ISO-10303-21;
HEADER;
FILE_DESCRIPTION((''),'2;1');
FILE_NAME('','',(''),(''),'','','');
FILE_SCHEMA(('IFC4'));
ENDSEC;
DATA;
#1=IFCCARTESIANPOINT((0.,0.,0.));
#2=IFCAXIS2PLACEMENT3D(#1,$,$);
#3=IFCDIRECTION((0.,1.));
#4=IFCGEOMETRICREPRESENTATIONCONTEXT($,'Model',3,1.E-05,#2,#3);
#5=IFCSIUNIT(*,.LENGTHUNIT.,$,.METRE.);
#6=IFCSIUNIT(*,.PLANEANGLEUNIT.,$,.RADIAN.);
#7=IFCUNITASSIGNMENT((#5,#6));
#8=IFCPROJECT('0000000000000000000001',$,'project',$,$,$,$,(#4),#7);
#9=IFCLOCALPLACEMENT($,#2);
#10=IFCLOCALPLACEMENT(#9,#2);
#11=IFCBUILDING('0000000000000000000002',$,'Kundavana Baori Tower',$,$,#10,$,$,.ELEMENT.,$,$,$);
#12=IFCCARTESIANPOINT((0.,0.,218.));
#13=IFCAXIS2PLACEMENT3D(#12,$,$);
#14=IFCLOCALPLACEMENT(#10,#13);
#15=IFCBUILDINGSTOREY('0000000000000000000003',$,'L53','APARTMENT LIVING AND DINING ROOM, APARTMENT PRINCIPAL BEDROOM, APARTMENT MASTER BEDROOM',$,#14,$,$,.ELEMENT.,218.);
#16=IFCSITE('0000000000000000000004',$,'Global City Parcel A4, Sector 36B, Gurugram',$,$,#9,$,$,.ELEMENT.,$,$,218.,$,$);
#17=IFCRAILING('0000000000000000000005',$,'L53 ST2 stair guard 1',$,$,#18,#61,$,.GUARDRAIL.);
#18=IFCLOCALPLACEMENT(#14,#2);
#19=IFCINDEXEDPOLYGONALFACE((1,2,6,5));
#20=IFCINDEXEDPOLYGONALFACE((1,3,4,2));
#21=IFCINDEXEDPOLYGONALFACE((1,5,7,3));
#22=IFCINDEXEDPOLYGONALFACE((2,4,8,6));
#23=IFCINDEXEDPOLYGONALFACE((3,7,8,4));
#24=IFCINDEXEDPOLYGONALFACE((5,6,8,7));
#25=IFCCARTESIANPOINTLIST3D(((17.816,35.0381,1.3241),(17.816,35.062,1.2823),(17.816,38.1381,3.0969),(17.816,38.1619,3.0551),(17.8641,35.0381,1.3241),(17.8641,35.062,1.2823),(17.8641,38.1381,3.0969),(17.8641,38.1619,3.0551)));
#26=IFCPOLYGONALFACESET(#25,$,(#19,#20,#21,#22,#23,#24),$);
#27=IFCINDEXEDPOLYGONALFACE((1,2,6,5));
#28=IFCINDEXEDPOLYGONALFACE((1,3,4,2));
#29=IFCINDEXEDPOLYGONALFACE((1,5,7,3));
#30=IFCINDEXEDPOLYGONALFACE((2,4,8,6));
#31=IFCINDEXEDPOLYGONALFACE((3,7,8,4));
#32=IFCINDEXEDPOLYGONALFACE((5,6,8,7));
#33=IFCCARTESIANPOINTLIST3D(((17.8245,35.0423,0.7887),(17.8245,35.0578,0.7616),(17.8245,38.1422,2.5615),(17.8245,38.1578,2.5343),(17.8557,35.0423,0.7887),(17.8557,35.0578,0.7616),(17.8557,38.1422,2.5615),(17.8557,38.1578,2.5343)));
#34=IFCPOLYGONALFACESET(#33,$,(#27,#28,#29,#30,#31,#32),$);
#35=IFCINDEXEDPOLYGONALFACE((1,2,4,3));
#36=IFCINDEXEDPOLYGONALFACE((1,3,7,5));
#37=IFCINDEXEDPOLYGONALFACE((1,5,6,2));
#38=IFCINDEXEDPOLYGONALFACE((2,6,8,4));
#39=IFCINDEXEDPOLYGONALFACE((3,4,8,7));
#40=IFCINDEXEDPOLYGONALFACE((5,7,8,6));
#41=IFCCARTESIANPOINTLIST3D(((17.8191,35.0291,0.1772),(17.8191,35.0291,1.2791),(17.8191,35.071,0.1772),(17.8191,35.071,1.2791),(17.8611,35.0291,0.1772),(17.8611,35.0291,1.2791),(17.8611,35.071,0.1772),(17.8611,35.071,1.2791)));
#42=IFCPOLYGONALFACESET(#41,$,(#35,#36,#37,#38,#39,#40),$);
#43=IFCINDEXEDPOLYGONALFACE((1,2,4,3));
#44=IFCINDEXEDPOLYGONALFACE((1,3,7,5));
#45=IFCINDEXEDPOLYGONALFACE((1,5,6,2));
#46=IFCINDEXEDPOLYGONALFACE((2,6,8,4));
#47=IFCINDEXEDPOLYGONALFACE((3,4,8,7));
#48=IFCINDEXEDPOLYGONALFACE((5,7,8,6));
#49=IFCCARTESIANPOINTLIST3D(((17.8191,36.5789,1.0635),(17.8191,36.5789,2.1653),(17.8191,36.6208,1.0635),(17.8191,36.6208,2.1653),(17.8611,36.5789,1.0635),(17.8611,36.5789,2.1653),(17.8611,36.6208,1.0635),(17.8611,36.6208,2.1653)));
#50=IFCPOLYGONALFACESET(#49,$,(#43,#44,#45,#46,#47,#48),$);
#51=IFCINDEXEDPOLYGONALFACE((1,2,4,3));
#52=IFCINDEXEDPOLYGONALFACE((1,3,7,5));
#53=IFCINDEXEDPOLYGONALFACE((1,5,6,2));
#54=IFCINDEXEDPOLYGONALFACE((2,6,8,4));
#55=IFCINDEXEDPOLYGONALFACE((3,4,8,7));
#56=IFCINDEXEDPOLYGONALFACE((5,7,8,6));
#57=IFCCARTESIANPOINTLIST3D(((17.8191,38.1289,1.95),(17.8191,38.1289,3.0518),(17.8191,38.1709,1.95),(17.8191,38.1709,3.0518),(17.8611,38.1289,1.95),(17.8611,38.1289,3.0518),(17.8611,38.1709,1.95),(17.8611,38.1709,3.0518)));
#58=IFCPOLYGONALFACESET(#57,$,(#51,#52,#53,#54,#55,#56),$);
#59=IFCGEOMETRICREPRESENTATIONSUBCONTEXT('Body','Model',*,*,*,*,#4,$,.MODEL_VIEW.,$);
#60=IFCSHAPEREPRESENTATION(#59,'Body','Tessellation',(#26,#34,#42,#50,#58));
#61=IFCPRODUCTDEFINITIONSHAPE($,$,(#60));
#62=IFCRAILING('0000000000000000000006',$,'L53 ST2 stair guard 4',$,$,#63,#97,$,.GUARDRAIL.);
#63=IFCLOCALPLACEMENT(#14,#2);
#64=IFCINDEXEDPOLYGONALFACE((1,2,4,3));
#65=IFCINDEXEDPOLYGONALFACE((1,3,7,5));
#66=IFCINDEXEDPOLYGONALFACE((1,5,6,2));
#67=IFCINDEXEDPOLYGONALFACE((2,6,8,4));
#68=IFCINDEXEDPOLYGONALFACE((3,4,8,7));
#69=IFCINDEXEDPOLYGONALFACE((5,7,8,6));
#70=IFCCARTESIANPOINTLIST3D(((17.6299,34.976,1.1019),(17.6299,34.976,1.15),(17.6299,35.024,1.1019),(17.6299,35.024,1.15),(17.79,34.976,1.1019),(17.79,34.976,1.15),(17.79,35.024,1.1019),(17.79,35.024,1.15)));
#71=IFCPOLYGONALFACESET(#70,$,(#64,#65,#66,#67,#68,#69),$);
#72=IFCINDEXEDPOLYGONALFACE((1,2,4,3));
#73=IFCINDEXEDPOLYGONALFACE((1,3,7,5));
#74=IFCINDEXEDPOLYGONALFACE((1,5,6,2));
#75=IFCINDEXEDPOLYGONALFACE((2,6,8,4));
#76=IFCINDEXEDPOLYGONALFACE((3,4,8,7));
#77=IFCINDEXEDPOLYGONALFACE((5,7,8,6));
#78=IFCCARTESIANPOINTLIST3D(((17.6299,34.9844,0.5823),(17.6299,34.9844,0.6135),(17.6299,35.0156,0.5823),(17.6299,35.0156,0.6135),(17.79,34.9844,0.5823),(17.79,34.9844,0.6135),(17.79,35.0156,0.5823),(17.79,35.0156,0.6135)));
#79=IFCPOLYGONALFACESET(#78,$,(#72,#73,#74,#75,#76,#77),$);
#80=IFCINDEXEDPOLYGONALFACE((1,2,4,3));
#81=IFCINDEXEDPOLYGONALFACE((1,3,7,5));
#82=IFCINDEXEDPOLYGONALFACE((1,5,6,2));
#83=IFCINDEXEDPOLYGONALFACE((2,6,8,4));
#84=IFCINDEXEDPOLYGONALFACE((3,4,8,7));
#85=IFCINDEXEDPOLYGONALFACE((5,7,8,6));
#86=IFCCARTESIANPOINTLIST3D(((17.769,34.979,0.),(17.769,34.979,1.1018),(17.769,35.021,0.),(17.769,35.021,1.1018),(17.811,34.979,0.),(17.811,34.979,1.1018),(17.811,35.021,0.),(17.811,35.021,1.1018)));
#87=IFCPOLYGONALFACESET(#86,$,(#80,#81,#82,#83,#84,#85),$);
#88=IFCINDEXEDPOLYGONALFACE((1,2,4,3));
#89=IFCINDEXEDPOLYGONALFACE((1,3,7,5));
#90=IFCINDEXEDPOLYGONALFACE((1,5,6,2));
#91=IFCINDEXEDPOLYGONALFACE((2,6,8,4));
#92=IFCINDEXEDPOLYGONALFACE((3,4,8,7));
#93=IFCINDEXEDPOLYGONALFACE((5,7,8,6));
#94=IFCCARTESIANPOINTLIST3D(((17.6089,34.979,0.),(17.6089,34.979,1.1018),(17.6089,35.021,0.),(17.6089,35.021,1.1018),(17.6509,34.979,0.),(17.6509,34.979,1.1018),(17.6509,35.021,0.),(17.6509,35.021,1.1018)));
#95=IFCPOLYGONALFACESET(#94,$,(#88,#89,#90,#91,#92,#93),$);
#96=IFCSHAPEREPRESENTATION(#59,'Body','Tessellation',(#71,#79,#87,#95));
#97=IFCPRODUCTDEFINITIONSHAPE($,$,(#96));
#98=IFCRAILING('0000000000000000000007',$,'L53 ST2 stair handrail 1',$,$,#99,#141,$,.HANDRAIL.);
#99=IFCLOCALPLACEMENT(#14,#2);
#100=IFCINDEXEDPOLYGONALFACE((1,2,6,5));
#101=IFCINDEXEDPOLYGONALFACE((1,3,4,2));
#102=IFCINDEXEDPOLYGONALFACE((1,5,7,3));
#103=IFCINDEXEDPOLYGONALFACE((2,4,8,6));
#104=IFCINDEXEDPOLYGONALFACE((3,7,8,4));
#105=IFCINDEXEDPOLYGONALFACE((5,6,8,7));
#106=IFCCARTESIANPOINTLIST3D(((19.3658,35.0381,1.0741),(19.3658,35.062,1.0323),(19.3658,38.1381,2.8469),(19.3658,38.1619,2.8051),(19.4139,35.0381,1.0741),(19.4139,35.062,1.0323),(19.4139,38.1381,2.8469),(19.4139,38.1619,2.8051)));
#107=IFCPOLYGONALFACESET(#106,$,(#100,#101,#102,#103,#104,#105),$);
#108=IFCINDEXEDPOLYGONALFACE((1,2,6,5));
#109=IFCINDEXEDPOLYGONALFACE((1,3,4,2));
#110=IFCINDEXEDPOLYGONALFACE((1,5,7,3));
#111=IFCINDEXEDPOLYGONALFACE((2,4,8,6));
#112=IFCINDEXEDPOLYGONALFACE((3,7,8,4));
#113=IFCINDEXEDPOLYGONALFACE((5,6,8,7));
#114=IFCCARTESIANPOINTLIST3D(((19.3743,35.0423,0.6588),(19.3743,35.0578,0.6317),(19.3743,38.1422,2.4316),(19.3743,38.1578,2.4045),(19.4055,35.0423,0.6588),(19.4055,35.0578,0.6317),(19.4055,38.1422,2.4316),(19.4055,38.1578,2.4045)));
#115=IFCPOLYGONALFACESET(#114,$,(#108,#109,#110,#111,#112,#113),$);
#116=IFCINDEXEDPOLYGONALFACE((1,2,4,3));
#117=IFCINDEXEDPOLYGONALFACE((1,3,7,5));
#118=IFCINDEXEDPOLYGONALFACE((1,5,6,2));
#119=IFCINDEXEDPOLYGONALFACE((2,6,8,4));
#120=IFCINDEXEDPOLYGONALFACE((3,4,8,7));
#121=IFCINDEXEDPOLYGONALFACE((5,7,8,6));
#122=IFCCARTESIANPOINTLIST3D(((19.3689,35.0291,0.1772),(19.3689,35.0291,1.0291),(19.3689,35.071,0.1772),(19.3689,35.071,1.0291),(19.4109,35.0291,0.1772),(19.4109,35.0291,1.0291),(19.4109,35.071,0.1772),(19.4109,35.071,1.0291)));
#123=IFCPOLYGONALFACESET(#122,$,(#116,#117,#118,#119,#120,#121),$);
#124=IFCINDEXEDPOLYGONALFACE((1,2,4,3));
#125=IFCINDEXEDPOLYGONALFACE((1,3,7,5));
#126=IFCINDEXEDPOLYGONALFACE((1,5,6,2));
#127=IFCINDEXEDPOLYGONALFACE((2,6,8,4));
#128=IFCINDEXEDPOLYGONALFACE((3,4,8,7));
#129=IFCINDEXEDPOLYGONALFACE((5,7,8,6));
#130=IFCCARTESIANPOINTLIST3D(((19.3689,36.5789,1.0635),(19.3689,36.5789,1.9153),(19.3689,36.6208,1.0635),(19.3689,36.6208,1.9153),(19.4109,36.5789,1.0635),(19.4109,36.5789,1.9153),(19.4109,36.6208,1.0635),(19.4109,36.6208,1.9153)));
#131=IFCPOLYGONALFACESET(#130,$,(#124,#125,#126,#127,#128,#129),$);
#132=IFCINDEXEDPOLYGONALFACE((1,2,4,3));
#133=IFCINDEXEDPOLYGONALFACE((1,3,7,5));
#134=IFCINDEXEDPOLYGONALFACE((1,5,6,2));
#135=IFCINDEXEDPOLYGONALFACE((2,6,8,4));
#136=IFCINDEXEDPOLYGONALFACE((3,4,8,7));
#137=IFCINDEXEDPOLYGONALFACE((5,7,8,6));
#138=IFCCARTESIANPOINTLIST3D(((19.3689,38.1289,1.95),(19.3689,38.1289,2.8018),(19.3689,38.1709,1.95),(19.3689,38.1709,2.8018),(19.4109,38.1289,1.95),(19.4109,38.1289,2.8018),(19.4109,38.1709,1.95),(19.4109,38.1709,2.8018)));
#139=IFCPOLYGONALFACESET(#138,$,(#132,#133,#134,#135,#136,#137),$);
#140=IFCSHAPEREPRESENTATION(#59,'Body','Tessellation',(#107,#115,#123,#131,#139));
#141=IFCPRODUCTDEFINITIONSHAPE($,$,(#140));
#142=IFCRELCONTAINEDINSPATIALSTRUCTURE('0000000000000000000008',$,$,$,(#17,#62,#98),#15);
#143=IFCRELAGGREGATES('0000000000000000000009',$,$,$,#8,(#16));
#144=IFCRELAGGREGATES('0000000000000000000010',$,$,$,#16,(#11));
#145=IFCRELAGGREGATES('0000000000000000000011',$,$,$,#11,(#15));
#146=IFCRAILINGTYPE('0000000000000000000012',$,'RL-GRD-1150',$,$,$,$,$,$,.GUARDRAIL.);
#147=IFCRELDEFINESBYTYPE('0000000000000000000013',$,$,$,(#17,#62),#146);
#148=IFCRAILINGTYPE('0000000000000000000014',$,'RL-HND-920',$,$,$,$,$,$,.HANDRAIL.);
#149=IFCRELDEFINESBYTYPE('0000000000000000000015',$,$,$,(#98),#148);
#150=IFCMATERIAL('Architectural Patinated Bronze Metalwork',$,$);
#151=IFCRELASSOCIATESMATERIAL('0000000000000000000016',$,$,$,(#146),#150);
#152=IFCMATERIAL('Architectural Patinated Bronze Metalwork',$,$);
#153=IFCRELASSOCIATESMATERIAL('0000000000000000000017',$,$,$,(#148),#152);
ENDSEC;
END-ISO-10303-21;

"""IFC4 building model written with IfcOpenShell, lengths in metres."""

from ifc_helpers import new_model, si_unit, direction, frame, origin, origin_2d, place, context, subcontext, project, spatial, rectangle, extrude, material, type_object, element, save


model = new_model("IFC4")

# Units and contexts
model_context = context("Model", 3, precision=1e-05, world=origin(), true_north=direction((0.0, 1.0)))
body_context = subcontext(model_context, "Body", "Model", "MODEL_VIEW")
ifc_project = project(units=[si_unit("LENGTHUNIT", "METRE"), si_unit("PLANEANGLEUNIT", "RADIAN")], contexts=[model_context])

# Site, building, storey
site_placement = place(None, origin())
site = spatial("IfcSite", under=ifc_project, at=site_placement, Name="Global City Parcel A4, Sector 36B, Gurugram", CompositionType="ELEMENT", RefElevation=218.0)
building_placement = place(site_placement, origin())
building = spatial("IfcBuilding", under=site, at=building_placement, Name="Kundavana Baori Tower", CompositionType="ELEMENT")
storey_placement = place(building_placement, frame((0.0, 0.0, 218.0)))
storey = spatial("IfcBuildingStorey", under=building, at=storey_placement, Name="L53", Description="APARTMENT LIVING AND DINING ROOM, APARTMENT PRINCIPAL BEDROOM, APARTMENT MASTER BEDROOM", CompositionType="ELEMENT", Elevation=218.0)

# Railings
ifc_material_1 = material(Name="Architectural Patinated Bronze Metalwork")
railing_type_1 = type_object("IfcRailingType", Name="RL-GRD-1150", PredefinedType="GUARDRAIL", material=ifc_material_1)
railing_1_placement = place(storey_placement, frame((17.8401, 35.05, 0.1772)))
element("IfcRailing", 1, at=railing_1_placement, inside=storey, type_object=railing_type_1, Name="L53 ST2 stair guard 1", PredefinedType="GUARDRAIL", context=body_context, shape_type="SweptSolid", body=[
    extrude(rectangle(XDim=0.0481, YDim=0.0481, at=origin_2d()), frame((0.0, 0.0, 1.126), z_axis=(0.0, 0.868079, 0.496426), x_axis=(-1.0, 0.0, 0.0)), (0.0, 0.0, 1.0), 3.571),
    extrude(rectangle(XDim=0.0312, YDim=0.0312, at=origin_2d()), frame((0.0, 0.0, 0.5979), z_axis=(0.0, 0.868079, 0.496426), x_axis=(-1.0, 0.0, 0.0)), (0.0, 0.0, 1.0), 3.571),
    extrude(rectangle(XDim=0.042, YDim=0.042, at=origin_2d()), origin(), (0.0, 0.0, 1.0), 1.1018),
    extrude(rectangle(XDim=0.042, YDim=0.042, at=origin_2d()), frame((0.0, 1.5498, 0.8862)), (0.0, 0.0, 1.0), 1.1018),
    extrude(rectangle(XDim=0.042, YDim=0.042, at=origin_2d()), frame((0.0, 3.0999, 1.7727)), (0.0, 0.0, 1.0), 1.1018),
])
railing_2_placement = place(storey_placement, frame((17.79, 35.0, 0.0)))
element("IfcRailing", 2, at=railing_2_placement, inside=storey, type_object=railing_type_1, Name="L53 ST2 stair guard 4", PredefinedType="GUARDRAIL", context=body_context, shape_type="SweptSolid", body=[
    extrude(rectangle(XDim=0.0481, YDim=0.0481, at=origin_2d()), frame((0.0, 0.0, 1.126), z_axis=(-1.0, 0.0, 0.0), x_axis=(0.0, -1.0, 0.0)), (0.0, 0.0, 1.0), 0.1602),
    extrude(rectangle(XDim=0.0312, YDim=0.0312, at=origin_2d()), frame((0.0, 0.0, 0.5979), z_axis=(-1.0, 0.0, 0.0), x_axis=(0.0, -1.0, 0.0)), (0.0, 0.0, 1.0), 0.1602),
    extrude(rectangle(XDim=0.042, YDim=0.042, at=origin_2d()), origin(), (0.0, 0.0, 1.0), 1.1018),
    extrude(rectangle(XDim=0.042, YDim=0.042, at=origin_2d()), frame((-0.1602, 0.0, 0.0)), (0.0, 0.0, 1.0), 1.1018),
])
ifc_material_2 = material(Name="Architectural Patinated Bronze Metalwork")
railing_type_2 = type_object("IfcRailingType", Name="RL-HND-920", PredefinedType="HANDRAIL", material=ifc_material_2)
railing_3_placement = place(storey_placement, frame((19.3899, 35.05, 0.1772)))
element("IfcRailing", 3, at=railing_3_placement, inside=storey, type_object=railing_type_2, Name="L53 ST2 stair handrail 1", PredefinedType="HANDRAIL", context=body_context, shape_type="SweptSolid", body=[
    extrude(rectangle(XDim=0.0481, YDim=0.0481, at=origin_2d()), frame((0.0, 0.0, 0.876), z_axis=(0.0, 0.868079, 0.496426), x_axis=(-1.0, 0.0, 0.0)), (0.0, 0.0, 1.0), 3.571),
    extrude(rectangle(XDim=0.0312, YDim=0.0312, at=origin_2d()), frame((0.0, 0.0, 0.468), z_axis=(0.0, 0.868079, 0.496426), x_axis=(-1.0, 0.0, 0.0)), (0.0, 0.0, 1.0), 3.571),
    extrude(rectangle(XDim=0.042, YDim=0.042, at=origin_2d()), origin(), (0.0, 0.0, 1.0), 0.8518),
    extrude(rectangle(XDim=0.042, YDim=0.042, at=origin_2d()), frame((0.0, 1.5498, 0.8862)), (0.0, 0.0, 1.0), 0.8518),
    extrude(rectangle(XDim=0.042, YDim=0.042, at=origin_2d()), frame((0.0, 3.0999, 1.7727)), (0.0, 0.0, 1.0), 0.8518),
])

save(model, "model.ifc")
